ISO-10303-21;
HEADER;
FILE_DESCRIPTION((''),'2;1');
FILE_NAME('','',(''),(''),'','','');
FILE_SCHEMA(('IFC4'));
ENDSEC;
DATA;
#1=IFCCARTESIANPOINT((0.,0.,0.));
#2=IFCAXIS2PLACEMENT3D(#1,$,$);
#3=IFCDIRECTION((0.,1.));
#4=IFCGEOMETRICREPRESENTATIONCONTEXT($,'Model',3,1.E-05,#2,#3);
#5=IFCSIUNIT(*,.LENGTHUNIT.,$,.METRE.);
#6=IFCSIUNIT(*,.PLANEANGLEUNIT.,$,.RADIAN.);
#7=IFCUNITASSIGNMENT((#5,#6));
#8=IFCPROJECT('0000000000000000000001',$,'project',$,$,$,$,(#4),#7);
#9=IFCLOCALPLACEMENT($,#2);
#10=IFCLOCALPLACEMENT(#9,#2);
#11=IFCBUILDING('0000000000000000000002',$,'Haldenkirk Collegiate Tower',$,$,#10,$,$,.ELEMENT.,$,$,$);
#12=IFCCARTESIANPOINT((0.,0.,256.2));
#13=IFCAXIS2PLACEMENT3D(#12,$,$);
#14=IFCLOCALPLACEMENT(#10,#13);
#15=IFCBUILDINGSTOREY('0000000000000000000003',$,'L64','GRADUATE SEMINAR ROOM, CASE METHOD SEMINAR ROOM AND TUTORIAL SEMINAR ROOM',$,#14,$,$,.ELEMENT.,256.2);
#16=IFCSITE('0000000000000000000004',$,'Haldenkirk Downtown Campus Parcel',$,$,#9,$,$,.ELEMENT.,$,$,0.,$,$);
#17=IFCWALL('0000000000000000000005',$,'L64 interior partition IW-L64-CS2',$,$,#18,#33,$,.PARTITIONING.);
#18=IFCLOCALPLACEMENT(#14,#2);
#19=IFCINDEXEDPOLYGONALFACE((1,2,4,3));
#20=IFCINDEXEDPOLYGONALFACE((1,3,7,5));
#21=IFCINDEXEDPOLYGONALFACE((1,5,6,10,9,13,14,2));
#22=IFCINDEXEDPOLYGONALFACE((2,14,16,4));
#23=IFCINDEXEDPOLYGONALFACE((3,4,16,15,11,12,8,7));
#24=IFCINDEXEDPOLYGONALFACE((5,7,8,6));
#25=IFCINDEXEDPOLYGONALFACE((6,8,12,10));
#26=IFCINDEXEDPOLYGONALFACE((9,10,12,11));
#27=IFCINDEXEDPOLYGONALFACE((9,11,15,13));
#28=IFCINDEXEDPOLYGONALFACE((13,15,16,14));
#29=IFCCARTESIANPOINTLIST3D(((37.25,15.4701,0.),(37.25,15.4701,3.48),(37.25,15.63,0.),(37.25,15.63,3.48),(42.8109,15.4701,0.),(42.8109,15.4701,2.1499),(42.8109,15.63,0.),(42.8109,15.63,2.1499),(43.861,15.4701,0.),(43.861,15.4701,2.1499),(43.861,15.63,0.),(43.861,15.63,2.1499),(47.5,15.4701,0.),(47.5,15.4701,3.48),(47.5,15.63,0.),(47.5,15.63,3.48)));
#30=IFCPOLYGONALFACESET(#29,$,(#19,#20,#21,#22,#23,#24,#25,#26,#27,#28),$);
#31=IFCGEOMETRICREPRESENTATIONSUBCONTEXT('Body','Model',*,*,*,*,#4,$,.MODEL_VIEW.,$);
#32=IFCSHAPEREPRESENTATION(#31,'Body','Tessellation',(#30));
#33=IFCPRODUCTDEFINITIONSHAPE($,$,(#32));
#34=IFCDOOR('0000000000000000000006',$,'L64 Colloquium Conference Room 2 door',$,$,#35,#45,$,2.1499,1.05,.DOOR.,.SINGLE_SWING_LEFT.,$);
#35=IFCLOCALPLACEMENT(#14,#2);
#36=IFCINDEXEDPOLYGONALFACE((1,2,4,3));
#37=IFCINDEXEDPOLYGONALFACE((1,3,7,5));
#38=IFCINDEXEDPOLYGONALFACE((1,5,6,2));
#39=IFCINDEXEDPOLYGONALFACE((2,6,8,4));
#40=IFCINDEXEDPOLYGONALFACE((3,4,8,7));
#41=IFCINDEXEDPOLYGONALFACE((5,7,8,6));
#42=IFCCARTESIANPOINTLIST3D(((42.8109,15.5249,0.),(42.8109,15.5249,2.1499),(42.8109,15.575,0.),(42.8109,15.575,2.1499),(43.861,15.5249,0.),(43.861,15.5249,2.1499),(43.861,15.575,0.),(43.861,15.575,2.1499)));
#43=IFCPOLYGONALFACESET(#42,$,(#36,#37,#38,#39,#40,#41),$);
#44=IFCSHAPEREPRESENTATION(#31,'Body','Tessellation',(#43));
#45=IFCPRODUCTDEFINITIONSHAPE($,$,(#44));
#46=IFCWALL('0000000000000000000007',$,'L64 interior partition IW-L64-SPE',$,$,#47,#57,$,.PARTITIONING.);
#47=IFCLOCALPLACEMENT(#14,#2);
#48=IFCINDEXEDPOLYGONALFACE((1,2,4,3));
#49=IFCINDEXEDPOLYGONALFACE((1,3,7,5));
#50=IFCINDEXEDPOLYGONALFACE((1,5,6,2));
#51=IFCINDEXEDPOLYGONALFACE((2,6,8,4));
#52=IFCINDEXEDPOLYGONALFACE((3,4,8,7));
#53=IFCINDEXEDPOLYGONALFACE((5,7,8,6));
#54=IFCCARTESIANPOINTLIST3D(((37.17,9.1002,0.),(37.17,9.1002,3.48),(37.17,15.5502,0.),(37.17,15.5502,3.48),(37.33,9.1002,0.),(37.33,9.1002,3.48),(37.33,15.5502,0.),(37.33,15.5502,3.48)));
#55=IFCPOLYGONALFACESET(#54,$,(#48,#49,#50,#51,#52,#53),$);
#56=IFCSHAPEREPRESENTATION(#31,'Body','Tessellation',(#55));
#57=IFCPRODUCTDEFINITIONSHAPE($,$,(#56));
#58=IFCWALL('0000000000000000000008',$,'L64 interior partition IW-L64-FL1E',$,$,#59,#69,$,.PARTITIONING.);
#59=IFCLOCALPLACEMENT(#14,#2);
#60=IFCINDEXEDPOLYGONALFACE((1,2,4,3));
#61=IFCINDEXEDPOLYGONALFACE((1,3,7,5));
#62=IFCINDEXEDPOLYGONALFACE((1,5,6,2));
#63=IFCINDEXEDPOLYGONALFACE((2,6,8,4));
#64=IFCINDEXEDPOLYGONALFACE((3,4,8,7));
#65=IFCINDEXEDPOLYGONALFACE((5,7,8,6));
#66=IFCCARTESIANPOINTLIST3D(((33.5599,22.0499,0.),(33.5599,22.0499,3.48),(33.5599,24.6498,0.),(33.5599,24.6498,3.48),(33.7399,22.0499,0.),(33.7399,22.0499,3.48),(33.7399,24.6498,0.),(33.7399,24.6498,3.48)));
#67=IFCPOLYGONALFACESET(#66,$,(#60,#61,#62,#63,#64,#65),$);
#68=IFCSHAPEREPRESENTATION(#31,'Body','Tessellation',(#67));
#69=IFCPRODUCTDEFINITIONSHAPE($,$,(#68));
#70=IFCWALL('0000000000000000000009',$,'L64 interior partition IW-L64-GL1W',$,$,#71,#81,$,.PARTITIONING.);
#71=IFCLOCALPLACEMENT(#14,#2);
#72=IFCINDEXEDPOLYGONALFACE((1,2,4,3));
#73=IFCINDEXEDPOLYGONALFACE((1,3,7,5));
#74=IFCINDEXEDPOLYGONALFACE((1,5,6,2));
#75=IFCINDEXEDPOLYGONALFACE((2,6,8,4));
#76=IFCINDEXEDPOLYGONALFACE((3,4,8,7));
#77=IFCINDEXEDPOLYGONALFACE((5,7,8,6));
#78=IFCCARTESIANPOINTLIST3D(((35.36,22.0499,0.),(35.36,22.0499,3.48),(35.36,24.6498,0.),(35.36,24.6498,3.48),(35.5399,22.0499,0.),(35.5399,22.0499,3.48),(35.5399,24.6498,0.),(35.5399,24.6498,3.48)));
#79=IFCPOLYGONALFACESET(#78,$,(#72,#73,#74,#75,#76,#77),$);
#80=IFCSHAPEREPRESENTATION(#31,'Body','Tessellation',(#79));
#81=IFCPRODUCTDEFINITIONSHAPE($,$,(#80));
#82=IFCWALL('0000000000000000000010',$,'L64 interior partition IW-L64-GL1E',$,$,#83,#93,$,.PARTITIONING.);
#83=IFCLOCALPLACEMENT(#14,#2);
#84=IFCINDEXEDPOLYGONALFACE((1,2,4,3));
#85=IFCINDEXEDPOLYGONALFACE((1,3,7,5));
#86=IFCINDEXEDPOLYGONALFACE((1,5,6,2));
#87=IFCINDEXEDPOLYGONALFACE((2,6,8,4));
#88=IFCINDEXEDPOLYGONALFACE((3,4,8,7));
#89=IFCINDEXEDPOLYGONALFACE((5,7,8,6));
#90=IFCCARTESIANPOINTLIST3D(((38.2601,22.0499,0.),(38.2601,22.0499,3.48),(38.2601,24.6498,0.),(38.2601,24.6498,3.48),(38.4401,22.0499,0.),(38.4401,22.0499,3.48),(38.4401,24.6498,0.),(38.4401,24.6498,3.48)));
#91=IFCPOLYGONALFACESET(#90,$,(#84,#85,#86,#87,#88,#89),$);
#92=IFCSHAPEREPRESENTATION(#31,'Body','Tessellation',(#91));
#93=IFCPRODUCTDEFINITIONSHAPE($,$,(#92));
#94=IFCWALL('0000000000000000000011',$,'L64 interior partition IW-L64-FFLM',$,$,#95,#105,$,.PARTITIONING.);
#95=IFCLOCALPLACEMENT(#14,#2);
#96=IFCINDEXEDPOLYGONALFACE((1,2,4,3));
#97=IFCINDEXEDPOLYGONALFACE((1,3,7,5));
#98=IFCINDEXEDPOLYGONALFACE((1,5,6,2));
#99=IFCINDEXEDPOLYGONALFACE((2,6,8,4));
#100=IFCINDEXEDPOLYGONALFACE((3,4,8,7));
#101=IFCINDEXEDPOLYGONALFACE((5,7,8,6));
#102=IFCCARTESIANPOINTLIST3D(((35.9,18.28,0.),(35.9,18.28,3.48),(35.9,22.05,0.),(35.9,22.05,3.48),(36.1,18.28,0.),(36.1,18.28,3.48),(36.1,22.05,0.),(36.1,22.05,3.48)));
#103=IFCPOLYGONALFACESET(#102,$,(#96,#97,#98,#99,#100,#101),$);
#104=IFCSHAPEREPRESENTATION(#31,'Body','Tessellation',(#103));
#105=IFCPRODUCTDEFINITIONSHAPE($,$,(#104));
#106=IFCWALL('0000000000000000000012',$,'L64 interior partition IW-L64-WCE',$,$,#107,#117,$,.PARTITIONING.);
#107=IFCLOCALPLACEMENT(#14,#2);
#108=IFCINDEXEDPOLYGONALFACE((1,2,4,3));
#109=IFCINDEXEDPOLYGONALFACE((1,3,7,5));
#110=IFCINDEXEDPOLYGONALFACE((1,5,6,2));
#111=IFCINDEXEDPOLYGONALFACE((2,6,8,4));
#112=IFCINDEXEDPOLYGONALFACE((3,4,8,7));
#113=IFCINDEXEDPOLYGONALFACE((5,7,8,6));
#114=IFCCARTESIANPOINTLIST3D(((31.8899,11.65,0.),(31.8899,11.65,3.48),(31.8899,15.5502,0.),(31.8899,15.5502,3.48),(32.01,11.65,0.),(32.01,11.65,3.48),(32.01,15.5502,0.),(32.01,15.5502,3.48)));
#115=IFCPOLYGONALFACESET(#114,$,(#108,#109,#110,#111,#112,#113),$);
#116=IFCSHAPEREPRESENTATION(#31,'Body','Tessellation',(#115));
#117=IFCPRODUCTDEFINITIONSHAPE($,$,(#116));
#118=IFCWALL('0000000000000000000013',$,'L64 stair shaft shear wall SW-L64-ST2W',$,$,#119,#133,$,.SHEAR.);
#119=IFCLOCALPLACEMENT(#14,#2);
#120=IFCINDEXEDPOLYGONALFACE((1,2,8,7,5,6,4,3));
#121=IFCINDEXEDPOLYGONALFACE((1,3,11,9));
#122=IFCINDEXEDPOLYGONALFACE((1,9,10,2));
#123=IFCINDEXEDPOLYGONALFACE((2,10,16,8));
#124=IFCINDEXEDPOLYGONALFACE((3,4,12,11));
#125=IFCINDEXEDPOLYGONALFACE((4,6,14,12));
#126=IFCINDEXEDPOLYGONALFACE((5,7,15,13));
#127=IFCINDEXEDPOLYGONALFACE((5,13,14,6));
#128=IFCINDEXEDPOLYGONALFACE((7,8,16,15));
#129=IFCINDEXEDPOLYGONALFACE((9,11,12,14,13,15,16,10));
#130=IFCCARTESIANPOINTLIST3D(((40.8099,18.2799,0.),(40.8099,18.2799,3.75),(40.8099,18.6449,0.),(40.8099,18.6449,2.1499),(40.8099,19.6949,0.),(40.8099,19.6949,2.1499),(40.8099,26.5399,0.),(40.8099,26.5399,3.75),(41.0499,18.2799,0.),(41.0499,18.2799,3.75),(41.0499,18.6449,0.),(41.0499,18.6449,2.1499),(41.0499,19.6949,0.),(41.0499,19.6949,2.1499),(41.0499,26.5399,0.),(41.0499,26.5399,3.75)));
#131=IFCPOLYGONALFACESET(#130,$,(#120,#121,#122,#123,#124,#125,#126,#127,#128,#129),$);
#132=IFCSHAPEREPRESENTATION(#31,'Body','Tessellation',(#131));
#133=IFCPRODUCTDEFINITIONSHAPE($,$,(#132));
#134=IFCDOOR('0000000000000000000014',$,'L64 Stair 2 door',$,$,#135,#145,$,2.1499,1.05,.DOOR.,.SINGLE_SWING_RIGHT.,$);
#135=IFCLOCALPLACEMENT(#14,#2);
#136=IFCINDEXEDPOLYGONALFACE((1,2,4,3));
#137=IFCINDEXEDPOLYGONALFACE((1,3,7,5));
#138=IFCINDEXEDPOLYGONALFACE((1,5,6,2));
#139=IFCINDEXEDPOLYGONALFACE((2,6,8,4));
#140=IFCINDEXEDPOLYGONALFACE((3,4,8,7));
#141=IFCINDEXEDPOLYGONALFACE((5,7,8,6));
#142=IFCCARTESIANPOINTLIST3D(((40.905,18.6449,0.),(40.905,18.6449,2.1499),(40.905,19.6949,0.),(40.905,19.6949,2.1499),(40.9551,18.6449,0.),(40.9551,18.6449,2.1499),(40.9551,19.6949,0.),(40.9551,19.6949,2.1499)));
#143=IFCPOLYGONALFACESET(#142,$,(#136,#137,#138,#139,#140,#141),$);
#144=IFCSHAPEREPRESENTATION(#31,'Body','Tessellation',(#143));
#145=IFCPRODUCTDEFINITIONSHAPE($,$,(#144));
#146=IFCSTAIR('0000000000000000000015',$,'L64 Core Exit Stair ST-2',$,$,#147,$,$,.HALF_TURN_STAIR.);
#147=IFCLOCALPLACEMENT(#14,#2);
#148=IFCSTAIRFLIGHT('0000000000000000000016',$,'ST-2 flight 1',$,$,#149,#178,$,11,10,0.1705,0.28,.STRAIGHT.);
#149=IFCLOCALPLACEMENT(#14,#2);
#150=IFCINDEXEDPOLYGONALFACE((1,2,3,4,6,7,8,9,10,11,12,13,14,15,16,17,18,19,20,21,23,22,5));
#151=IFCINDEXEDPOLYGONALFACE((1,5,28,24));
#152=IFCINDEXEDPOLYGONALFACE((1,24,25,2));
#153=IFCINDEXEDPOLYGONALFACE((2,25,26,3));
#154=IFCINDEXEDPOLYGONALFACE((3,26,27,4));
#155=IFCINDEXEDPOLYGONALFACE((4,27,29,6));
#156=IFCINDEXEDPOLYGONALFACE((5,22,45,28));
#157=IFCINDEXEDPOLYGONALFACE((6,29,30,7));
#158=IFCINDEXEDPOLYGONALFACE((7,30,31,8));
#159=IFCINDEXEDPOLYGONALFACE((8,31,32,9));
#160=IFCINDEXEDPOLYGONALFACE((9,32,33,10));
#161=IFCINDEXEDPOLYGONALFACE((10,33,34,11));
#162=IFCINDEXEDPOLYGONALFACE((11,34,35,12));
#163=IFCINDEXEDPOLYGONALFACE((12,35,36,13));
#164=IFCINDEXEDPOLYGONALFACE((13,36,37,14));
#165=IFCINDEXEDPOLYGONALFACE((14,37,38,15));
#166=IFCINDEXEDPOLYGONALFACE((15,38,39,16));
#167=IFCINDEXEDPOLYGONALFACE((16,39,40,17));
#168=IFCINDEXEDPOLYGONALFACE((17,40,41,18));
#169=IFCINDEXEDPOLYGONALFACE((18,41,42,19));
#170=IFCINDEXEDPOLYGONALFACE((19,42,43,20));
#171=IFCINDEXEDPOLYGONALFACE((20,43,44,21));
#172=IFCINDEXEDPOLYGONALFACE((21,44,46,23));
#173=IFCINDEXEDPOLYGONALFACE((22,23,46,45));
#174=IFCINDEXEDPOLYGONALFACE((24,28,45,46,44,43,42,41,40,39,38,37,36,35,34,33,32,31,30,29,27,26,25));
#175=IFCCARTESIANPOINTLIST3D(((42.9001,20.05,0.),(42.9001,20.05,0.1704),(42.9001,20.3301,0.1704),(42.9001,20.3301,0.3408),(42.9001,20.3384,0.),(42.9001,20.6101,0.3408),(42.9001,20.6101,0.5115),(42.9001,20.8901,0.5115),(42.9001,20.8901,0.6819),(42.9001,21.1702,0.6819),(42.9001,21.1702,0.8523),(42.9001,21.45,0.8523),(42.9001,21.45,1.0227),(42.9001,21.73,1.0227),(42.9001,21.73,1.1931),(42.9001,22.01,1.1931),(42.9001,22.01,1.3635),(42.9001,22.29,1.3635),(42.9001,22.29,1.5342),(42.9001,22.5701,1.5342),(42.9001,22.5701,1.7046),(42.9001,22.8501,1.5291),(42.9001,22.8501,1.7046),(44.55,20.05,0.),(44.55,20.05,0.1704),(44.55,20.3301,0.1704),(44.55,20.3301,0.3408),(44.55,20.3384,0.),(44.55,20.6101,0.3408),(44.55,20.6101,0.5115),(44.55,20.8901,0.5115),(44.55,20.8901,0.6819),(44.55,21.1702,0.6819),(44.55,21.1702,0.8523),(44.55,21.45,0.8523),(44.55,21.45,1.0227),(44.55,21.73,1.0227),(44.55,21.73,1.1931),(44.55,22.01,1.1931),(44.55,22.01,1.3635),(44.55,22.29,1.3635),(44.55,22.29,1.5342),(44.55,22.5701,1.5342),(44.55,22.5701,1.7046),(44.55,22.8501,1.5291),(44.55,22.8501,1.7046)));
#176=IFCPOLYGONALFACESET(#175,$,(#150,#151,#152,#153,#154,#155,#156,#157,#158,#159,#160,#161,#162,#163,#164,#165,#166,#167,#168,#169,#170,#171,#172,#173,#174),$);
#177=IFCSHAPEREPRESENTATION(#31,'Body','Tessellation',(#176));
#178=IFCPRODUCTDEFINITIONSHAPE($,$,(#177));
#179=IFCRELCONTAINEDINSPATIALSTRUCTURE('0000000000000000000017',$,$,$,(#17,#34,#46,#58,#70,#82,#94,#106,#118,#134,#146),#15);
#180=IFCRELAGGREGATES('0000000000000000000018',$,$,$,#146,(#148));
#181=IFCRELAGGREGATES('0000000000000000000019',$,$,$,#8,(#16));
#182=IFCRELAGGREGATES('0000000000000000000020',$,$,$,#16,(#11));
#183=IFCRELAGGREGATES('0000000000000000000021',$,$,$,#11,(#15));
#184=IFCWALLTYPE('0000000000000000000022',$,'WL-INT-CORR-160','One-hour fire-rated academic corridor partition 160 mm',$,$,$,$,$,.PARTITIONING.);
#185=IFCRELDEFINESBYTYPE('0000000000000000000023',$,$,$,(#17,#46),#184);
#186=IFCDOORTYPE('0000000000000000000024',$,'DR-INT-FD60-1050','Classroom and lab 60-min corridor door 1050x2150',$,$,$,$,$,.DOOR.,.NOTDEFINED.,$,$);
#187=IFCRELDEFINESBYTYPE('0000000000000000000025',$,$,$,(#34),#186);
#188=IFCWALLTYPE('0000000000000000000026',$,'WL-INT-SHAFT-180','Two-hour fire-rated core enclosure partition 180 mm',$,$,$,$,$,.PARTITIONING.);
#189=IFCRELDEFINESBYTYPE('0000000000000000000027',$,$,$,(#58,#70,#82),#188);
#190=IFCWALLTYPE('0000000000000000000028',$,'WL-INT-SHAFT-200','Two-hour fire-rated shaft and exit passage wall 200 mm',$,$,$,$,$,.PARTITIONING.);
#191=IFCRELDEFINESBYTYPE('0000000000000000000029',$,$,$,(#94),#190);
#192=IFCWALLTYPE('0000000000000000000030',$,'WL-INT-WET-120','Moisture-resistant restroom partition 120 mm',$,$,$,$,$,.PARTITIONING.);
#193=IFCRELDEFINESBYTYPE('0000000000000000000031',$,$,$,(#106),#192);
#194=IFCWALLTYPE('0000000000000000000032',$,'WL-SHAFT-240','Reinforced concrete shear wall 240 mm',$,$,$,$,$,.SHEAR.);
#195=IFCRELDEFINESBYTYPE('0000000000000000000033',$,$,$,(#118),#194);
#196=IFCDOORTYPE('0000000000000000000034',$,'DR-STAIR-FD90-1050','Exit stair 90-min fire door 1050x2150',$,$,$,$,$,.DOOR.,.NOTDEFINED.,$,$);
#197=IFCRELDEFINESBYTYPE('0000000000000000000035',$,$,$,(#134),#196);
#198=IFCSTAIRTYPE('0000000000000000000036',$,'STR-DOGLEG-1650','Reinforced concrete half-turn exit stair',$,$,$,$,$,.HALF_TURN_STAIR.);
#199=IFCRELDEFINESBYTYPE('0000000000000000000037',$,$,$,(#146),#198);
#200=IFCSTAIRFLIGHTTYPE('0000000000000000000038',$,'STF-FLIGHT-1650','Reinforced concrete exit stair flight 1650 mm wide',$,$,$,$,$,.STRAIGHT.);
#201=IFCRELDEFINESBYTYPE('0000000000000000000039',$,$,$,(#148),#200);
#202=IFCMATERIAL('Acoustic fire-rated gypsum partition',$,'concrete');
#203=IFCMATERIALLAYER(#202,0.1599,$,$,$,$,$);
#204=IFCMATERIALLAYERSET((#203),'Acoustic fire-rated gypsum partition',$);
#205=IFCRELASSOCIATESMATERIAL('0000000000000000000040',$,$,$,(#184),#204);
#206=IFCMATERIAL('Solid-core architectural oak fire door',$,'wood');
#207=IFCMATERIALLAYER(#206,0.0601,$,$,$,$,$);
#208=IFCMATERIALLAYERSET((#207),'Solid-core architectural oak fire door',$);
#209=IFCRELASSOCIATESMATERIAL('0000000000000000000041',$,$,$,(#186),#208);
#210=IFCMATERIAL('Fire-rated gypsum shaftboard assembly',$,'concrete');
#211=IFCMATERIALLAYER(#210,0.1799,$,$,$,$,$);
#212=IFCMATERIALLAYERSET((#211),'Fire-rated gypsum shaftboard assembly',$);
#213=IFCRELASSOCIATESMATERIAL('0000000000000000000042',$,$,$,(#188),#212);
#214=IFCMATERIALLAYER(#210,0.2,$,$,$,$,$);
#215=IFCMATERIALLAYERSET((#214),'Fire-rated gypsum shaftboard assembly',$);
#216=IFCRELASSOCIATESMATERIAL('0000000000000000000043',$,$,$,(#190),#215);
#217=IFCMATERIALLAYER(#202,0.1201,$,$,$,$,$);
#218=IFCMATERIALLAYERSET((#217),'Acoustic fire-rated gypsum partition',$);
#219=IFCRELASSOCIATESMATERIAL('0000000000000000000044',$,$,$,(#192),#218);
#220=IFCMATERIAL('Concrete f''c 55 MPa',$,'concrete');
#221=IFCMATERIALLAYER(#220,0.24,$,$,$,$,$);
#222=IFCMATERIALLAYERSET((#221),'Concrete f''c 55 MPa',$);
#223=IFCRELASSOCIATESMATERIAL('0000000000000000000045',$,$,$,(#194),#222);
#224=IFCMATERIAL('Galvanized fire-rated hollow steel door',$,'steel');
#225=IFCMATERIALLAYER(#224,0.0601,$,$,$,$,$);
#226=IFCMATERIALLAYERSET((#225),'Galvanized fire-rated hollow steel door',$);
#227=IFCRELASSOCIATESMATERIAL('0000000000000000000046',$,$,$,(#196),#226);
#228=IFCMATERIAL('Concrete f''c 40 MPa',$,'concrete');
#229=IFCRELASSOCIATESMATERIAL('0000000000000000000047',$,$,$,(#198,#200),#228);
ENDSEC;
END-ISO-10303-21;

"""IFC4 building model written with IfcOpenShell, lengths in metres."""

from ifc_helpers import new_model, si_unit, direction, frame, frame_2d, origin, place, context, subcontext, project, spatial, polyline, rectangle, outline, extrude, material, layer, layer_set, type_object, element, fill, aggregate, save


model = new_model("IFC4")

# Units and contexts
model_context = context("Model", 3, precision=1e-05, world=origin(), true_north=direction((0.0, 1.0)))
body_context = subcontext(model_context, "Body", "Model", "MODEL_VIEW")
ifc_project = project(units=[si_unit("LENGTHUNIT", "METRE"), si_unit("PLANEANGLEUNIT", "RADIAN")], contexts=[model_context])

# Site, building, storey
site_placement = place(None, origin())
site = spatial("IfcSite", under=ifc_project, at=site_placement, Name="Haldenkirk Downtown Campus Parcel", CompositionType="ELEMENT", RefElevation=0.0)
building_placement = place(site_placement, origin())
building = spatial("IfcBuilding", under=site, at=building_placement, Name="Haldenkirk Collegiate Tower", CompositionType="ELEMENT")
storey_placement = place(building_placement, frame((0.0, 0.0, 256.2)))
storey = spatial("IfcBuildingStorey", under=building, at=storey_placement, Name="L64", Description="GRADUATE SEMINAR ROOM, CASE METHOD SEMINAR ROOM AND TUTORIAL SEMINAR ROOM", CompositionType="ELEMENT", Elevation=256.2)

# Wall, opening, door
ifc_material_1 = material(Name="Acoustic fire-rated gypsum partition", Category="concrete")
ifc_layer_1 = layer(ifc_material_1, 0.1599)
ifc_layer_set_1 = layer_set([ifc_layer_1], Name="Acoustic fire-rated gypsum partition")
wall_type_1 = type_object("IfcWallType", Name="WL-INT-CORR-160", Description="One-hour fire-rated academic corridor partition 160 mm", PredefinedType="PARTITIONING", material=ifc_layer_set_1)
wall_1_placement = place(storey_placement, frame((37.25, 15.55, 0.0), z_axis=(0.0, 0.0, 1.0), x_axis=(1.0, 0.0, 0.0)))
wall_1 = element("IfcWall", 1, at=wall_1_placement, inside=storey, type_object=wall_type_1, Name="L64 interior partition IW-L64-CS2", PredefinedType="PARTITIONING", context=body_context, shape_type="SweptSolid", body=[
    extrude(rectangle(XDim=10.25, YDim=0.1599, at=frame_2d((5.125, 0.0))), origin(), (0.0, 0.0, 1.0), 3.48),
])
opening_1_placement = place(wall_1_placement, frame((5.561, 0.0, 0.0)))
opening_1 = element("IfcOpeningElement", 2, at=opening_1_placement, cuts=wall_1, PredefinedType="OPENING", context=body_context, shape_type="SweptSolid", body=[
    extrude(rectangle(XDim=1.05, YDim=2.1499, at=frame_2d((0.5249, 1.075))), frame((0.0, 0.0898, 0.0), z_axis=(0.0, -1.0, 0.0), x_axis=(1.0, 0.0, 0.0)), (0.0, 0.0, 1.0), 0.1799),
])
ifc_material_2 = material(Name="Solid-core architectural oak fire door", Category="wood")
ifc_layer_2 = layer(ifc_material_2, 0.0601)
ifc_layer_set_2 = layer_set([ifc_layer_2], Name="Solid-core architectural oak fire door")
door_type_1 = type_object("IfcDoorType", Name="DR-INT-FD60-1050", Description="Classroom and lab 60-min corridor door 1050x2150", OperationType="NOTDEFINED", PredefinedType="DOOR", material=ifc_layer_set_2)
door_1_placement = place(opening_1_placement, origin())
door_1 = element("IfcDoor", 3, at=door_1_placement, inside=storey, type_object=door_type_1, Name="L64 Colloquium Conference Room 2 door", OperationType="SINGLE_SWING_LEFT", OverallHeight=2.1499, OverallWidth=1.05, PredefinedType="DOOR", context=body_context, shape_type="SweptSolid", body=[
    extrude(rectangle(XDim=1.05, YDim=2.1499, at=frame_2d((0.5249, 1.075))), frame((0.0, 0.0249, 0.0), z_axis=(0.0, -1.0, 0.0), x_axis=(1.0, 0.0, 0.0)), (0.0, 0.0, 1.0), 0.05),
])
fill(opening_1, door_1)

# Walls
wall_2_placement = place(storey_placement, frame((37.25, 9.1001, 0.0), z_axis=(0.0, 0.0, 1.0), x_axis=(0.0, 1.0, 0.0)))
element("IfcWall", 4, at=wall_2_placement, inside=storey, type_object=wall_type_1, Name="L64 interior partition IW-L64-SPE", PredefinedType="PARTITIONING", context=body_context, shape_type="SweptSolid", body=[
    extrude(rectangle(XDim=6.45, YDim=0.1599, at=frame_2d((3.2251, 0.0))), origin(), (0.0, 0.0, 1.0), 3.48),
])
ifc_material_3 = material(Name="Fire-rated gypsum shaftboard assembly", Category="concrete")
ifc_layer_3 = layer(ifc_material_3, 0.1799)
ifc_layer_set_3 = layer_set([ifc_layer_3], Name="Fire-rated gypsum shaftboard assembly")
wall_type_2 = type_object("IfcWallType", Name="WL-INT-SHAFT-180", Description="Two-hour fire-rated core enclosure partition 180 mm", PredefinedType="PARTITIONING", material=ifc_layer_set_3)
for number, where, z_axis, x_axis, name in (
    (5, (33.6499, 22.05, 0.0), (0.0, 0.0, 1.0), (0.0, 1.0, 0.0), "L64 interior partition IW-L64-FL1E"),
    (6, (35.45, 22.05, 0.0), (0.0, 0.0, 1.0), (0.0, 1.0, 0.0), "L64 interior partition IW-L64-GL1W"),
    (7, (38.3501, 22.05, 0.0), (0.0, 0.0, 1.0), (0.0, 1.0, 0.0), "L64 interior partition IW-L64-GL1E"),
):
    element("IfcWall", number, at=place(storey_placement, frame(where, z_axis=z_axis, x_axis=x_axis)), inside=storey, type_object=wall_type_2, Name=name, PredefinedType="PARTITIONING", context=body_context, shape_type="SweptSolid", body=[
        extrude(rectangle(XDim=2.5999, YDim=0.1799, at=frame_2d((1.2998, 0.0))), origin(), (0.0, 0.0, 1.0), 3.48),
    ])
ifc_layer_4 = layer(ifc_material_3, 0.2)
ifc_layer_set_4 = layer_set([ifc_layer_4], Name="Fire-rated gypsum shaftboard assembly")
wall_type_3 = type_object("IfcWallType", Name="WL-INT-SHAFT-200", Description="Two-hour fire-rated shaft and exit passage wall 200 mm", PredefinedType="PARTITIONING", material=ifc_layer_set_4)
wall_3_placement = place(storey_placement, frame((36.0, 18.28, 0.0), z_axis=(0.0, 0.0, 1.0), x_axis=(0.0, 1.0, 0.0)))
element("IfcWall", 8, at=wall_3_placement, inside=storey, type_object=wall_type_3, Name="L64 interior partition IW-L64-FFLM", PredefinedType="PARTITIONING", context=body_context, shape_type="SweptSolid", body=[
    extrude(rectangle(XDim=3.77, YDim=0.2, at=frame_2d((1.885, 0.0))), origin(), (0.0, 0.0, 1.0), 3.48),
])

# Wall
ifc_layer_5 = layer(ifc_material_1, 0.1201)
ifc_layer_set_5 = layer_set([ifc_layer_5], Name="Acoustic fire-rated gypsum partition")
wall_type_4 = type_object("IfcWallType", Name="WL-INT-WET-120", Description="Moisture-resistant restroom partition 120 mm", PredefinedType="PARTITIONING", material=ifc_layer_set_5)
wall_4_placement = place(storey_placement, frame((31.95, 11.6499, 0.0), z_axis=(0.0, 0.0, 1.0), x_axis=(0.0, 1.0, 0.0)))
element("IfcWall", 9, at=wall_4_placement, inside=storey, type_object=wall_type_4, Name="L64 interior partition IW-L64-WCE", PredefinedType="PARTITIONING", context=body_context, shape_type="SweptSolid", body=[
    extrude(rectangle(XDim=3.9001, YDim=0.1201, at=frame_2d((1.9502, 0.0))), origin(), (0.0, 0.0, 1.0), 3.48),
])

# Wall, opening, door
ifc_material_4 = material(Name="Concrete f'c 55 MPa", Category="concrete")
ifc_layer_6 = layer(ifc_material_4, 0.24)
ifc_layer_set_6 = layer_set([ifc_layer_6], Name="Concrete f'c 55 MPa")
wall_type_5 = type_object("IfcWallType", Name="WL-SHAFT-240", Description="Reinforced concrete shear wall 240 mm", PredefinedType="SHEAR", material=ifc_layer_set_6)
wall_5_placement = place(storey_placement, frame((40.9299, 18.28, 0.0), z_axis=(0.0, 0.0, 1.0), x_axis=(0.0, 1.0, 0.0)))
wall_5 = element("IfcWall", 10, at=wall_5_placement, inside=storey, type_object=wall_type_5, Name="L64 stair shaft shear wall SW-L64-ST2W", PredefinedType="SHEAR", context=body_context, shape_type="SweptSolid", body=[
    extrude(rectangle(XDim=8.26, YDim=0.24, at=frame_2d((4.1299, 0.0))), origin(), (0.0, 0.0, 1.0), 3.75),
])
opening_2_placement = place(wall_5_placement, frame((0.365, 0.0, 0.0)))
opening_2 = element("IfcOpeningElement", 11, at=opening_2_placement, cuts=wall_5, PredefinedType="OPENING", context=body_context, shape_type="SweptSolid", body=[
    extrude(rectangle(XDim=1.05, YDim=2.1499, at=frame_2d((0.5249, 1.075))), frame((0.0, 0.1299, 0.0), z_axis=(0.0, -1.0, 0.0), x_axis=(1.0, 0.0, 0.0)), (0.0, 0.0, 1.0), 0.26),
])
ifc_material_5 = material(Name="Galvanized fire-rated hollow steel door", Category="steel")
ifc_layer_7 = layer(ifc_material_5, 0.0601)
ifc_layer_set_7 = layer_set([ifc_layer_7], Name="Galvanized fire-rated hollow steel door")
door_type_2 = type_object("IfcDoorType", Name="DR-STAIR-FD90-1050", Description="Exit stair 90-min fire door 1050x2150", OperationType="NOTDEFINED", PredefinedType="DOOR", material=ifc_layer_set_7)
door_2_placement = place(opening_2_placement, origin())
door_2 = element("IfcDoor", 12, at=door_2_placement, inside=storey, type_object=door_type_2, Name="L64 Stair 2 door", OperationType="SINGLE_SWING_RIGHT", OverallHeight=2.1499, OverallWidth=1.05, PredefinedType="DOOR", context=body_context, shape_type="SweptSolid", body=[
    extrude(rectangle(XDim=1.05, YDim=2.1499, at=frame_2d((0.5249, 1.075))), frame((0.0, 0.0249, 0.0), z_axis=(0.0, -1.0, 0.0), x_axis=(1.0, 0.0, 0.0)), (0.0, 0.0, 1.0), 0.05),
])
fill(opening_2, door_2)

# Stair, stair flight
ifc_material_6 = material(Name="Concrete f'c 40 MPa", Category="concrete")
stair_type = type_object("IfcStairType", Name="STR-DOGLEG-1650", Description="Reinforced concrete half-turn exit stair", PredefinedType="HALF_TURN_STAIR", material=ifc_material_6)
stair_placement = place(storey_placement, origin())
stair = element("IfcStair", 13, at=stair_placement, inside=storey, type_object=stair_type, Name="L64 Core Exit Stair ST-2", PredefinedType="HALF_TURN_STAIR")
stair_flight_type = type_object("IfcStairFlightType", Name="STF-FLIGHT-1650", Description="Reinforced concrete exit stair flight 1650 mm wide", PredefinedType="STRAIGHT", material=ifc_material_6)
stair_flight_1_placement = place(storey_placement, frame((43.7251, 20.05, 0.0), z_axis=(0.0, 0.0, 1.0), x_axis=(0.0, 1.0, 0.0)))
stair_flight_1 = element("IfcStairFlight", 14, at=stair_flight_1_placement, type_object=stair_flight_type, Name="ST-2 flight 1", NumberOfRisers=11, NumberOfTreads=10, PredefinedType="STRAIGHT", RiserHeight=0.1705, TreadLength=0.28, context=body_context, shape_type="SweptSolid", body=[
    extrude(outline(polyline([(0.0, 0.0), (0.0, 0.1704), (0.28, 0.1704), (0.28, 0.3408), (0.5601, 0.3408), (0.5601, 0.5115), (0.8401, 0.5115), (0.8401, 0.6819), (1.1201, 0.6819), (1.1201, 0.8523), (1.3999, 0.8523), (1.3999, 1.0227), (1.6799, 1.0227), (1.6799, 1.1931), (1.96, 1.1931), (1.96, 1.3635), (2.24, 1.3635), (2.24, 1.5342), (2.52, 1.5342), (2.52, 1.7046), (2.8, 1.7046), (2.8, 1.875), (2.8, 1.5291), (0.2883, 0.0), (0.0, 0.0)])), frame((0.0, 0.825, 0.0), z_axis=(0.0, -1.0, 0.0), x_axis=(1.0, 0.0, 0.0)), (0.0, 0.0, 1.0), 1.6499),
])
aggregate(stair, [stair_flight_1])

save(model, "model.ifc")
